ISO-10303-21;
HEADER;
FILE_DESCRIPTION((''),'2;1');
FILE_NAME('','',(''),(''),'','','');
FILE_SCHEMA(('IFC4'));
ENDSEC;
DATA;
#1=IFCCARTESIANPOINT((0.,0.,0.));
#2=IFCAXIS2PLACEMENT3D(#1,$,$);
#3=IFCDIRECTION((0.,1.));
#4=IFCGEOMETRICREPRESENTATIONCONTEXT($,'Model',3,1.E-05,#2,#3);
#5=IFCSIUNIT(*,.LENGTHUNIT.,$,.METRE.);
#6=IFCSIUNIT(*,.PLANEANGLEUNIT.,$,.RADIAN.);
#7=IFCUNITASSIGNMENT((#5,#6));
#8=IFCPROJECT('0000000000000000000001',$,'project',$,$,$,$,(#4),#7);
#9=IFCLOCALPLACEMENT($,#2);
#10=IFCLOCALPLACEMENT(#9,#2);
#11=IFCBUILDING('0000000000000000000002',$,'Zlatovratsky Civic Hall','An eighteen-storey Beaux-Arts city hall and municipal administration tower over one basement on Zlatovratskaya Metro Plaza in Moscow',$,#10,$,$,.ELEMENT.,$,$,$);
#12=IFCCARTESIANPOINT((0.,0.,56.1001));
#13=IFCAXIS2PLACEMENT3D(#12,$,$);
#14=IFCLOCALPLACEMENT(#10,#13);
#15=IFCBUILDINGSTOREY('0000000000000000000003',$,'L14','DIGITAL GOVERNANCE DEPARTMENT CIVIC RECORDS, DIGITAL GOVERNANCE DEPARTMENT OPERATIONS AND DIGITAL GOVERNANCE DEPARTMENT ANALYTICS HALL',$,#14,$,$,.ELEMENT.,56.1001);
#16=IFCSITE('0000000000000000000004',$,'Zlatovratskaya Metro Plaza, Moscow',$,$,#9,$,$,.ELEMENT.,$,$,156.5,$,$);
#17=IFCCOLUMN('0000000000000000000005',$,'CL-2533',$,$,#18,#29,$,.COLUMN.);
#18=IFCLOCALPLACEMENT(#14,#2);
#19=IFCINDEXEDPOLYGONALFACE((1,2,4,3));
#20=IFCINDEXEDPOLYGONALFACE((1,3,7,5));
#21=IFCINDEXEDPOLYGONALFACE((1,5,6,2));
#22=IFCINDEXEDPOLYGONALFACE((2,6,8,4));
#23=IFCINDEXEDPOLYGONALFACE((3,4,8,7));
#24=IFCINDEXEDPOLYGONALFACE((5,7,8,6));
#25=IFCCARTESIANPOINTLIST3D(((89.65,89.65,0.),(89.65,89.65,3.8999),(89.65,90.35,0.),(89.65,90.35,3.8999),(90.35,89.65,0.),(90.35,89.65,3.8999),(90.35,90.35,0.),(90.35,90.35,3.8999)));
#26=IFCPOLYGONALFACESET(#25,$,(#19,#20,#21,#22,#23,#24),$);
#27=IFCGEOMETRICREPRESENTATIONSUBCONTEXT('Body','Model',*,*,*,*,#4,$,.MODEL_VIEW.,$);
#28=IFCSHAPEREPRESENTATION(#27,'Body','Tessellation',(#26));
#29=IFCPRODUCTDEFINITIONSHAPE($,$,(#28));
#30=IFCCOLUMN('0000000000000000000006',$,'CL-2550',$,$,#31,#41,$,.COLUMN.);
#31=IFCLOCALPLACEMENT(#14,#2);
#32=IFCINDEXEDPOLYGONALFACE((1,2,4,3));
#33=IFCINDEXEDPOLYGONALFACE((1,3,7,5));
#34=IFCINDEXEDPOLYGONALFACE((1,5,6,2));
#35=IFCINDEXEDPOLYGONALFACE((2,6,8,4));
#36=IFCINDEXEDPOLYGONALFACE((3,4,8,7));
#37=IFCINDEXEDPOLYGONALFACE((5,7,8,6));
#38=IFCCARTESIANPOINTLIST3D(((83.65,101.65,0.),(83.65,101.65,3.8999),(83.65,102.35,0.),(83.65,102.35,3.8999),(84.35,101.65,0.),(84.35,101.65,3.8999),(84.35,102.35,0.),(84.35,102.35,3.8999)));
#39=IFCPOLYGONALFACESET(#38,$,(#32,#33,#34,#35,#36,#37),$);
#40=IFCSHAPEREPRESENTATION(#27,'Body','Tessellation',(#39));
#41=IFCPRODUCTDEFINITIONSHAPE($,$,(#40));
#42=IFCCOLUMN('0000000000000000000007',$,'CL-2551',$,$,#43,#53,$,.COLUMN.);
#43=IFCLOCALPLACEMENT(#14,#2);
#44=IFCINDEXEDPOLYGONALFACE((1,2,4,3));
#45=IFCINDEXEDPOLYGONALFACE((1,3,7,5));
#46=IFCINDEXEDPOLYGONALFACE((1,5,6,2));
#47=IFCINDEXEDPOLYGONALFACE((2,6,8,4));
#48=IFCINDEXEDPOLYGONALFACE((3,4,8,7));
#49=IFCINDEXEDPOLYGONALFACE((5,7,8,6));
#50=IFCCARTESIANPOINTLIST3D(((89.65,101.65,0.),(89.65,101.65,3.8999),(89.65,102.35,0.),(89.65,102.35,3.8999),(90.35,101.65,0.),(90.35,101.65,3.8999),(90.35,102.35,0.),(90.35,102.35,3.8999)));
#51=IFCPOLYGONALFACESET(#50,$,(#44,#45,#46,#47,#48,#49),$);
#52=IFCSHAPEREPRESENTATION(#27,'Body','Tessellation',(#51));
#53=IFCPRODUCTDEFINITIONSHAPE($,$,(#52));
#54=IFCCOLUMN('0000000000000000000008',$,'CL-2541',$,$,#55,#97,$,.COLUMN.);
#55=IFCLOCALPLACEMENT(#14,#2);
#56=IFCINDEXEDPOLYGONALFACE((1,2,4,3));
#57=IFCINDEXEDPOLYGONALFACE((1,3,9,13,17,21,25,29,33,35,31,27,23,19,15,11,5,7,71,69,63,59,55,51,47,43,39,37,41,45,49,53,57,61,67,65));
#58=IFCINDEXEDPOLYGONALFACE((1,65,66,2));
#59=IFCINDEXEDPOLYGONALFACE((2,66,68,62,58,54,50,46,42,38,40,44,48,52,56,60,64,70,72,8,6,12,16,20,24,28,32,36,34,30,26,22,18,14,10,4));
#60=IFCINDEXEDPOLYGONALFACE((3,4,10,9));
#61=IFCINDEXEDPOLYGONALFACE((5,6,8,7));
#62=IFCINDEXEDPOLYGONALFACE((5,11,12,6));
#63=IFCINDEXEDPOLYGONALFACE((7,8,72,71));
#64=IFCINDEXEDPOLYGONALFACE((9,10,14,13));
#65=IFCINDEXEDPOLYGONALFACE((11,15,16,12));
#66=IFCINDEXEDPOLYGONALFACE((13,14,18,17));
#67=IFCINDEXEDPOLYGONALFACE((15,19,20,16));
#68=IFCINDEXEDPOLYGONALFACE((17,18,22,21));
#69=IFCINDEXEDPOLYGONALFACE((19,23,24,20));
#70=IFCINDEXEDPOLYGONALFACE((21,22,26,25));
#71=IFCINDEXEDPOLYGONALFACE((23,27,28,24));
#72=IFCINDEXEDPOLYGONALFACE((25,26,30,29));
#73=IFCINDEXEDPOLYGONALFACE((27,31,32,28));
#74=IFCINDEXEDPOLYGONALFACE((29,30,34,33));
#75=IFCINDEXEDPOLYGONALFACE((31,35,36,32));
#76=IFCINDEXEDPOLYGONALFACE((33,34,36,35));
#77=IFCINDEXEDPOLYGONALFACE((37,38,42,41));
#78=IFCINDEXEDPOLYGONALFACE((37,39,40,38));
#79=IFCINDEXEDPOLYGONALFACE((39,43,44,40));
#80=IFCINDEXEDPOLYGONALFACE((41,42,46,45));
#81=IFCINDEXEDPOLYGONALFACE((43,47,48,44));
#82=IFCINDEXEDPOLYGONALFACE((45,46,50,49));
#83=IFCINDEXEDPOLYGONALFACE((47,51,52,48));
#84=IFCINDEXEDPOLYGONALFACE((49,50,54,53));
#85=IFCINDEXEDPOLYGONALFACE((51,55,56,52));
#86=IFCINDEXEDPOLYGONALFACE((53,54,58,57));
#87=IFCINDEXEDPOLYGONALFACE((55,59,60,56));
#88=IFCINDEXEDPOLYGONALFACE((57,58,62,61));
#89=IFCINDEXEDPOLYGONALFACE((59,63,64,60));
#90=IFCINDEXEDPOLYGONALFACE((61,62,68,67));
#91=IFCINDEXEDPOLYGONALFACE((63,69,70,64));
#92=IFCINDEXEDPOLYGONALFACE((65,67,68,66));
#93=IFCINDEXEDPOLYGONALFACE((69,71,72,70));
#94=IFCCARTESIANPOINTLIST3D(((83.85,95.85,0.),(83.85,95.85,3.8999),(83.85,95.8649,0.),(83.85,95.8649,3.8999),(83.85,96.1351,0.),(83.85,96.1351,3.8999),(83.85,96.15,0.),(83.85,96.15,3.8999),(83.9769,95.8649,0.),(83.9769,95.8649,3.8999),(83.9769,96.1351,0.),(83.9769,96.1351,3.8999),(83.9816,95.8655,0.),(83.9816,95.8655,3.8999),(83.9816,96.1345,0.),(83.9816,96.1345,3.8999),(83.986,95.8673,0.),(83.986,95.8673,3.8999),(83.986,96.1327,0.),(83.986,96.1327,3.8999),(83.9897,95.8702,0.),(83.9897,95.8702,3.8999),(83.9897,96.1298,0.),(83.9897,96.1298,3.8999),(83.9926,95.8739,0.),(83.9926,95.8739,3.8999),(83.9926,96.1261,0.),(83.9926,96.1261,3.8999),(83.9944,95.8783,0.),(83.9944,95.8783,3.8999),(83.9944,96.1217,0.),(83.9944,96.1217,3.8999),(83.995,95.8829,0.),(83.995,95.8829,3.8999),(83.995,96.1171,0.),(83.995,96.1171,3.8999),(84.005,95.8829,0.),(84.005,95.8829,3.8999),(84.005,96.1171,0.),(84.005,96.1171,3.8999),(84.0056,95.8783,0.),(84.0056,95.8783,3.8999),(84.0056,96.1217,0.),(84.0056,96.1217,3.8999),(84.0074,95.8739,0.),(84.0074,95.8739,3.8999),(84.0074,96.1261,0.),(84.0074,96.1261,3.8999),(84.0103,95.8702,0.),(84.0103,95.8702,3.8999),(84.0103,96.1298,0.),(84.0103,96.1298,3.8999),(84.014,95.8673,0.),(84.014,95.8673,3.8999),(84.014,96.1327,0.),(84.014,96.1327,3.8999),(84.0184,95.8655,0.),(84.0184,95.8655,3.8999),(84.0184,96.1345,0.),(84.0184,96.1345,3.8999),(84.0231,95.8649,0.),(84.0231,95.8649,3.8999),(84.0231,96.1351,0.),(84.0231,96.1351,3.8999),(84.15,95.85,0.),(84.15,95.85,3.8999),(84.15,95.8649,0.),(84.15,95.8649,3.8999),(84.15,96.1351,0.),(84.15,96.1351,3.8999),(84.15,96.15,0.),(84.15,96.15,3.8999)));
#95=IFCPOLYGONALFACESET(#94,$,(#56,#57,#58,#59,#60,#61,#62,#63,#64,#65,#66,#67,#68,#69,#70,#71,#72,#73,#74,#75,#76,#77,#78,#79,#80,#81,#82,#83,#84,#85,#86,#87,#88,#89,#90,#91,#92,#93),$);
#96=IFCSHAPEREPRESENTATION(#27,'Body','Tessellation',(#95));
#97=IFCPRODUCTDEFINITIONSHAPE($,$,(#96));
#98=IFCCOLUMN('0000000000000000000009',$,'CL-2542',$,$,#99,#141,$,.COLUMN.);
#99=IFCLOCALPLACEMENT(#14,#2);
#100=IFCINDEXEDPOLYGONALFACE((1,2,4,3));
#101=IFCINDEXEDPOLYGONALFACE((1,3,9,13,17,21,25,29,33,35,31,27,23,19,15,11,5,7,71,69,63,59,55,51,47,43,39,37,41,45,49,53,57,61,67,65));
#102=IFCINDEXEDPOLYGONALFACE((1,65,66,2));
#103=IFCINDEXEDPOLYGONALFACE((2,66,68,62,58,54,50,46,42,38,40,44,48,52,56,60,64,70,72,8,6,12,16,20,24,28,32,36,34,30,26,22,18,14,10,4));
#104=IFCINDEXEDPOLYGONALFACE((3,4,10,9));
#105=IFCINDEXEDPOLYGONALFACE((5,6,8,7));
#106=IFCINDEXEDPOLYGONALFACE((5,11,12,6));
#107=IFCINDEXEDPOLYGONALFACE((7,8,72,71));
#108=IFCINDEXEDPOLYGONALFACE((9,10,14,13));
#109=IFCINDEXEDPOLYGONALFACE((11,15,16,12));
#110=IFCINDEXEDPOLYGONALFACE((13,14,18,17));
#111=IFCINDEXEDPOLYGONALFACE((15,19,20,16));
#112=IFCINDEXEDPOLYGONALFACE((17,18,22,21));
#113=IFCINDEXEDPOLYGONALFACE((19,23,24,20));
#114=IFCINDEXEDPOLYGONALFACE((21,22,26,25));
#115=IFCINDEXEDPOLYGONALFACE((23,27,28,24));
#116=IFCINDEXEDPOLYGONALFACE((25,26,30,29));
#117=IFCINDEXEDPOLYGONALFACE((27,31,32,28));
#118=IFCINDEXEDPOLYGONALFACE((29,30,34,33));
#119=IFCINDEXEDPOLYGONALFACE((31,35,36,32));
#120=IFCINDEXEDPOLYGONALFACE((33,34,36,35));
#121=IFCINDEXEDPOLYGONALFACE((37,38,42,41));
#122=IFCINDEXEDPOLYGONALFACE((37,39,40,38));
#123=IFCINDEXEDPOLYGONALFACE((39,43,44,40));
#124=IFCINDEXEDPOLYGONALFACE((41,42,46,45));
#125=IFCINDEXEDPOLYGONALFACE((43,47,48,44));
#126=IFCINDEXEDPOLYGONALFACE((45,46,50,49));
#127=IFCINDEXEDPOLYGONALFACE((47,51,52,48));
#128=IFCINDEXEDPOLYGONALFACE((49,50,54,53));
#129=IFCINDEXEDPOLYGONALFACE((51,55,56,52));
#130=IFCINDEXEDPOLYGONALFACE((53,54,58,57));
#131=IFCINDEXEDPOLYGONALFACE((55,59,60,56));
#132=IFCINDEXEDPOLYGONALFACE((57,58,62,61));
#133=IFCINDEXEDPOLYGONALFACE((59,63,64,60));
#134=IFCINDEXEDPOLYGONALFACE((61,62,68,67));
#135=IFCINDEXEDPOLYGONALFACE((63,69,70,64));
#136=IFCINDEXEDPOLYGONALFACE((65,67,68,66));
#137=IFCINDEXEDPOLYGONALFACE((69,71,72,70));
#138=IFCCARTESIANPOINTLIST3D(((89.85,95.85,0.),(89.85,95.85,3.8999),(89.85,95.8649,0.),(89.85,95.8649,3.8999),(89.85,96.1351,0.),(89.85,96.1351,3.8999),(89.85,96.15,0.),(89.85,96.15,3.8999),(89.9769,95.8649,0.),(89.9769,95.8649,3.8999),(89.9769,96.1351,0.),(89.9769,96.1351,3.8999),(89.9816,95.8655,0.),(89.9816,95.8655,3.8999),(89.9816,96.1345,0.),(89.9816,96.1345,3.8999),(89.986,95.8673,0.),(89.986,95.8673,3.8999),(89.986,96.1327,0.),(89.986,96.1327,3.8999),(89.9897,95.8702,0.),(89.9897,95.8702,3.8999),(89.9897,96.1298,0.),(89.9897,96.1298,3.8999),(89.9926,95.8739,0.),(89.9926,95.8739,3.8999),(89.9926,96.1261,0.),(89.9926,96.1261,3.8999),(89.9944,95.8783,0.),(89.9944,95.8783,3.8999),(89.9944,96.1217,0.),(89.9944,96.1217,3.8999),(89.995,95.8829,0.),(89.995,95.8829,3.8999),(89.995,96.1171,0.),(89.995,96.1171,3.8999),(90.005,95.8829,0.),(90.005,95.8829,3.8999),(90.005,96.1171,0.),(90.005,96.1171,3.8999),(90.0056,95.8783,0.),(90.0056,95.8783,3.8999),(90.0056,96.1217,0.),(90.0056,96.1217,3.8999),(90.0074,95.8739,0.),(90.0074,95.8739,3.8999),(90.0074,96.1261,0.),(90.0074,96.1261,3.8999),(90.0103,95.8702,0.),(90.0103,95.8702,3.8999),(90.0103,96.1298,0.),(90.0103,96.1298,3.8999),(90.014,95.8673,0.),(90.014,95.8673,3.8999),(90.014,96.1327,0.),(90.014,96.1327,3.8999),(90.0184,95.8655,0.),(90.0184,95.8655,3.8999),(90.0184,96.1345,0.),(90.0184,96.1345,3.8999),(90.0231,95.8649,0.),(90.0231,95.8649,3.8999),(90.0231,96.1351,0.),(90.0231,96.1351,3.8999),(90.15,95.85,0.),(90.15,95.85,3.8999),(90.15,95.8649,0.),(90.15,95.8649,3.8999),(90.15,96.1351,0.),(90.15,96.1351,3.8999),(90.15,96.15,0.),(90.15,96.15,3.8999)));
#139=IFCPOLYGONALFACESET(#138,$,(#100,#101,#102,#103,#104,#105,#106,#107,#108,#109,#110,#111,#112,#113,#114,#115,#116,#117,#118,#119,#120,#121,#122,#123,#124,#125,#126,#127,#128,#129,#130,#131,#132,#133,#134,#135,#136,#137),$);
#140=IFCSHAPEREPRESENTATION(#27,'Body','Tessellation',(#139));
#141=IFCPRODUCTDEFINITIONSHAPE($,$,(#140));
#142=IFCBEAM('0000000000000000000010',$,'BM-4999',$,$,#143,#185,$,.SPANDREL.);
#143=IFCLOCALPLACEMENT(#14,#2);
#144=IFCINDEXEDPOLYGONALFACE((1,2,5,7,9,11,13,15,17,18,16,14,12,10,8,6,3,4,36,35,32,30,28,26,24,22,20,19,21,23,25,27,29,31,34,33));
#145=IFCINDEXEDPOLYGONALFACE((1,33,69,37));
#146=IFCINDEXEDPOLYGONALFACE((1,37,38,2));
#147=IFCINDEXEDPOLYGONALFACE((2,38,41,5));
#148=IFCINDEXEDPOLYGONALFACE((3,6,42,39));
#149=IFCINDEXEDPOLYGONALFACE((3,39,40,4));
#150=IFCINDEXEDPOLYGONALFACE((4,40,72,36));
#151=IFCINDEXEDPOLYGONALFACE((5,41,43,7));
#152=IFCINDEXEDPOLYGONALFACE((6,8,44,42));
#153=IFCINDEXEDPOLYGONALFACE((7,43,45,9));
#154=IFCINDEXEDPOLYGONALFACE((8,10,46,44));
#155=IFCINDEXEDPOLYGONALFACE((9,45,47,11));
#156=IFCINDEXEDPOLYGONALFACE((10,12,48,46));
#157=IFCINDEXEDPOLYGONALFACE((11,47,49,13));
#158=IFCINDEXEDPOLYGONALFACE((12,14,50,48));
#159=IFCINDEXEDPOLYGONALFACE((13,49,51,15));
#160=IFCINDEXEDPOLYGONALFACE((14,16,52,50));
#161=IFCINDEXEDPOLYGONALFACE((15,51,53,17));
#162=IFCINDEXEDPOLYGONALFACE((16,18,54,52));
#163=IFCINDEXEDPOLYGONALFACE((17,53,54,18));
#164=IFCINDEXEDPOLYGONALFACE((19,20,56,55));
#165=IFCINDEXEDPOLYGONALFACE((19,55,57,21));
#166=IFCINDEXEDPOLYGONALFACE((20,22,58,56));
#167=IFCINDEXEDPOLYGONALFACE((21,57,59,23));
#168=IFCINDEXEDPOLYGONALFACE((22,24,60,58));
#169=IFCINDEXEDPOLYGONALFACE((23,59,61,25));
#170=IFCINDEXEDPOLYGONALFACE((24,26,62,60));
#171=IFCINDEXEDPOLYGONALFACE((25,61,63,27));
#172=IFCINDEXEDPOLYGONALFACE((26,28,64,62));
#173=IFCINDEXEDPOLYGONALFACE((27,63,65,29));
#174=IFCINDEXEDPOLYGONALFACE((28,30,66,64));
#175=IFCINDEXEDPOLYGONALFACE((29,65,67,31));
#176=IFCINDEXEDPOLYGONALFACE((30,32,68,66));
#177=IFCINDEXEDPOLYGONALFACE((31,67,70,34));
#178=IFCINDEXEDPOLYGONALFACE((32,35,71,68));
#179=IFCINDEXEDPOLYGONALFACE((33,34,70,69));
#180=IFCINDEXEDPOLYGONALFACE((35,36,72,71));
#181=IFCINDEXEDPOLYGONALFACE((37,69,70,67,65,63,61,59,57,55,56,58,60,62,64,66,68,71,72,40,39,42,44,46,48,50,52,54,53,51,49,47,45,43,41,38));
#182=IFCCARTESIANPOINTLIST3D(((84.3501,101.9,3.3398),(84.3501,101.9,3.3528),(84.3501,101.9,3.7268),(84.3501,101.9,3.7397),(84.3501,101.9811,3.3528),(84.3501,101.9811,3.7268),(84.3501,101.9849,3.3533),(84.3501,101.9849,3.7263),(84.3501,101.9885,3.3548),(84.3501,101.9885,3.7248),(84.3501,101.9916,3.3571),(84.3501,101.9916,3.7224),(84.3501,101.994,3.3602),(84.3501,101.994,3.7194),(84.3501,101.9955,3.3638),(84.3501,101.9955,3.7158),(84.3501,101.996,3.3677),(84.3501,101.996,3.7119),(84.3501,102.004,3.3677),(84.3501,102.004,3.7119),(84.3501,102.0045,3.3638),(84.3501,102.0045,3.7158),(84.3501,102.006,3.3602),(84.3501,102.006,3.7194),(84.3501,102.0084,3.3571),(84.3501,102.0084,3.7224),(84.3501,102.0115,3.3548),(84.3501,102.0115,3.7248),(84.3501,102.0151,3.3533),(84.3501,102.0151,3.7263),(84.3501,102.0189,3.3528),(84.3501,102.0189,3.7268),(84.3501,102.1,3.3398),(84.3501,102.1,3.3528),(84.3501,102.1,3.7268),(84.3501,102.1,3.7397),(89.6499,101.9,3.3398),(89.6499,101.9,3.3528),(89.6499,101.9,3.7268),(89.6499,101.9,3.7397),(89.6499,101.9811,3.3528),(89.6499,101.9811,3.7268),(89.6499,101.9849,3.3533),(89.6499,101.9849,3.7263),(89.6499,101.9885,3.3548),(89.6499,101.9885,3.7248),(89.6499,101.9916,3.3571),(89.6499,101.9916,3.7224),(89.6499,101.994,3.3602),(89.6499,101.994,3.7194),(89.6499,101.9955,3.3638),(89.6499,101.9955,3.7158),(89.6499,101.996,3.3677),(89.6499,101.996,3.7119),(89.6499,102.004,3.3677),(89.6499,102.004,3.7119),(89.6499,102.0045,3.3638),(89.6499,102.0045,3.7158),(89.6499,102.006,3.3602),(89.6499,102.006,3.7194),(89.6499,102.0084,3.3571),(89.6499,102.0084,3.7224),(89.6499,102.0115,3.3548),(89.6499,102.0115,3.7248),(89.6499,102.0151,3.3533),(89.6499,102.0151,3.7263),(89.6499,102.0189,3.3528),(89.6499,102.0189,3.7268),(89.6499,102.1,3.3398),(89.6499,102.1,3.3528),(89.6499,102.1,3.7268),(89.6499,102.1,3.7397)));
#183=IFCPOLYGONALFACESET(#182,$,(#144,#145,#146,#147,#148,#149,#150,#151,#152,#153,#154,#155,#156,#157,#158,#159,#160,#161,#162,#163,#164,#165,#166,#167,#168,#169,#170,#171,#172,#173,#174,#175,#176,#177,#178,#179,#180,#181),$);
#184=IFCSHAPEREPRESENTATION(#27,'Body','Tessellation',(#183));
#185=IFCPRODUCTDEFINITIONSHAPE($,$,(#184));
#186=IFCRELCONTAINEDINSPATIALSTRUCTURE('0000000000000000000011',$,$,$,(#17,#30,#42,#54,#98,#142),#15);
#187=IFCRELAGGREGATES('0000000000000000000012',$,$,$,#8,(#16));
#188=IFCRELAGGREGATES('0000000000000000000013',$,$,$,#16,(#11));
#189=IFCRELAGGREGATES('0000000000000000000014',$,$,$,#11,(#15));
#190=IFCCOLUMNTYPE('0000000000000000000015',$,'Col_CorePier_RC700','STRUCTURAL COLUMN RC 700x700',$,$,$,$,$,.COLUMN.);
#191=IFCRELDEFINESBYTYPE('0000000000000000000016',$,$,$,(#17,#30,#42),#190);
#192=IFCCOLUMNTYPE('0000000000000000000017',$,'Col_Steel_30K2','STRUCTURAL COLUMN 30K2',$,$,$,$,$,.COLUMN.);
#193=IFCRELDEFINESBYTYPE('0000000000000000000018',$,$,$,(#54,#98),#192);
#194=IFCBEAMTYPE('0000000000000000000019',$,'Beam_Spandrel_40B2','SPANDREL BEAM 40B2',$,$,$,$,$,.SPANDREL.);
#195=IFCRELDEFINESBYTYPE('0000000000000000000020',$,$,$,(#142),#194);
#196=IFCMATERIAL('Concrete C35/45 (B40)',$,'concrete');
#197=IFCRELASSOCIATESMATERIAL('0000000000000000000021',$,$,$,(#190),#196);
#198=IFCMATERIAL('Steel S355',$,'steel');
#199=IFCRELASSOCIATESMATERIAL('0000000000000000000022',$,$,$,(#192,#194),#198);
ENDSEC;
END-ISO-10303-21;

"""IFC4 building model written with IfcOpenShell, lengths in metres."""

from ifc_helpers import new_model, si_unit, direction, frame, origin, origin_2d, place, context, subcontext, project, spatial, rectangle, i_section, extrude, material, material_profile, profile_set, type_object, element, save


model = new_model("IFC4")

# Units and contexts
model_context = context("Model", 3, precision=1e-05, world=origin(), true_north=direction((0.0, 1.0)))
body_context = subcontext(model_context, "Body", "Model", "MODEL_VIEW")
ifc_project = project(units=[si_unit("LENGTHUNIT", "METRE"), si_unit("PLANEANGLEUNIT", "RADIAN")], contexts=[model_context])

# Site, building, storey
site_placement = place(None, origin())
site = spatial("IfcSite", under=ifc_project, at=site_placement, Name="Zlatovratskaya Metro Plaza, Moscow", CompositionType="ELEMENT", RefElevation=156.5)
building_placement = place(site_placement, origin())
building = spatial("IfcBuilding", under=site, at=building_placement, Name="Zlatovratsky Civic Hall", Description="An eighteen-storey Beaux-Arts city hall and municipal administration tower over one basement on Zlatovratskaya Metro Plaza in Moscow", CompositionType="ELEMENT")
storey_placement = place(building_placement, frame((0.0, 0.0, 56.1001)))
storey = spatial("IfcBuildingStorey", under=building, at=storey_placement, Name="L14", Description="DIGITAL GOVERNANCE DEPARTMENT CIVIC RECORDS, DIGITAL GOVERNANCE DEPARTMENT OPERATIONS AND DIGITAL GOVERNANCE DEPARTMENT ANALYTICS HALL", CompositionType="ELEMENT", Elevation=56.1001)

# Columns
ifc_material_1 = material(Name="Concrete C35/45 (B40)", Category="concrete")
ifc_material_profile_1 = material_profile(ifc_material_1, rectangle(XDim=0.7, YDim=0.7, at=origin_2d()), Name="RC 700x700")
ifc_profile_set_1 = profile_set([ifc_material_profile_1], Name="Concrete C35/45 (B40)")
column_type_1 = type_object("IfcColumnType", Name="Col_CorePier_RC700", Description="STRUCTURAL COLUMN RC 700x700", PredefinedType="COLUMN", material=ifc_profile_set_1)
for number, where, z_axis, x_axis, name in (
    (1, (90.0, 90.0, 0.0), (0.0, 0.0, 1.0), (1.0, 0.0, 0.0), "CL-2533"),
    (2, (84.0, 102.0, 0.0), (0.0, 0.0, 1.0), (1.0, 0.0, 0.0), "CL-2550"),
    (3, (90.0, 102.0, 0.0), (0.0, 0.0, 1.0), (1.0, 0.0, 0.0), "CL-2551"),
):
    element("IfcColumn", number, at=place(storey_placement, frame(where, z_axis=z_axis, x_axis=x_axis)), inside=storey, type_object=column_type_1, Name=name, PredefinedType="COLUMN", context=body_context, shape_type="SweptSolid", body=[
        extrude(rectangle(XDim=0.7, YDim=0.7, at=origin_2d()), origin(), (0.0, 0.0, 1.0), 3.8999),
    ])
ifc_material_2 = material(Name="Steel S355", Category="steel")
ifc_material_profile_2 = material_profile(ifc_material_2, i_section(OverallWidth=0.3, OverallDepth=0.3, WebThickness=0.01, FlangeThickness=0.0149, FilletRadius=0.0181, at=origin_2d()), Name="30K2")
ifc_profile_set_2 = profile_set([ifc_material_profile_2], Name="Steel S355")
column_type_2 = type_object("IfcColumnType", Name="Col_Steel_30K2", Description="STRUCTURAL COLUMN 30K2", PredefinedType="COLUMN", material=ifc_profile_set_2)
for number, where, z_axis, x_axis, name in (
    (4, (84.0, 96.0, 0.0), (0.0, 0.0, 1.0), (1.0, 0.0, 0.0), "CL-2541"),
    (5, (90.0, 96.0, 0.0), (0.0, 0.0, 1.0), (1.0, 0.0, 0.0), "CL-2542"),
):
    element("IfcColumn", number, at=place(storey_placement, frame(where, z_axis=z_axis, x_axis=x_axis)), inside=storey, type_object=column_type_2, Name=name, PredefinedType="COLUMN", context=body_context, shape_type="SweptSolid", body=[
        extrude(i_section(OverallWidth=0.3, OverallDepth=0.3, WebThickness=0.01, FlangeThickness=0.0149, FilletRadius=0.0181, at=origin_2d()), origin(), (0.0, 0.0, 1.0), 3.8999),
    ])

# Beam
ifc_material_profile_3 = material_profile(ifc_material_2, i_section(OverallWidth=0.2, OverallDepth=0.3999, WebThickness=0.0081, FlangeThickness=0.0129, FilletRadius=0.0149, at=origin_2d()), Name="40B2")
ifc_profile_set_3 = profile_set([ifc_material_profile_3], Name="Steel S355")
beam_type_1 = type_object("IfcBeamType", Name="Beam_Spandrel_40B2", Description="SPANDREL BEAM 40B2", PredefinedType="SPANDREL", material=ifc_profile_set_3)
for number, where, z_axis, x_axis, name in (
    (6, (84.3501, 102.0, 3.5398), (1.0, 0.0, 0.0), (0.0, 1.0, 0.0), "BM-4999"),
):
    element("IfcBeam", number, at=place(storey_placement, frame(where, z_axis=z_axis, x_axis=x_axis)), inside=storey, type_object=beam_type_1, Name=name, PredefinedType="SPANDREL", context=body_context, shape_type="SweptSolid", body=[
        extrude(i_section(OverallWidth=0.2, OverallDepth=0.3999, WebThickness=0.0081, FlangeThickness=0.0129, FilletRadius=0.0149, at=origin_2d()), origin(), (0.0, 0.0, 1.0), 5.2998),
    ])

save(model, "model.ifc")
